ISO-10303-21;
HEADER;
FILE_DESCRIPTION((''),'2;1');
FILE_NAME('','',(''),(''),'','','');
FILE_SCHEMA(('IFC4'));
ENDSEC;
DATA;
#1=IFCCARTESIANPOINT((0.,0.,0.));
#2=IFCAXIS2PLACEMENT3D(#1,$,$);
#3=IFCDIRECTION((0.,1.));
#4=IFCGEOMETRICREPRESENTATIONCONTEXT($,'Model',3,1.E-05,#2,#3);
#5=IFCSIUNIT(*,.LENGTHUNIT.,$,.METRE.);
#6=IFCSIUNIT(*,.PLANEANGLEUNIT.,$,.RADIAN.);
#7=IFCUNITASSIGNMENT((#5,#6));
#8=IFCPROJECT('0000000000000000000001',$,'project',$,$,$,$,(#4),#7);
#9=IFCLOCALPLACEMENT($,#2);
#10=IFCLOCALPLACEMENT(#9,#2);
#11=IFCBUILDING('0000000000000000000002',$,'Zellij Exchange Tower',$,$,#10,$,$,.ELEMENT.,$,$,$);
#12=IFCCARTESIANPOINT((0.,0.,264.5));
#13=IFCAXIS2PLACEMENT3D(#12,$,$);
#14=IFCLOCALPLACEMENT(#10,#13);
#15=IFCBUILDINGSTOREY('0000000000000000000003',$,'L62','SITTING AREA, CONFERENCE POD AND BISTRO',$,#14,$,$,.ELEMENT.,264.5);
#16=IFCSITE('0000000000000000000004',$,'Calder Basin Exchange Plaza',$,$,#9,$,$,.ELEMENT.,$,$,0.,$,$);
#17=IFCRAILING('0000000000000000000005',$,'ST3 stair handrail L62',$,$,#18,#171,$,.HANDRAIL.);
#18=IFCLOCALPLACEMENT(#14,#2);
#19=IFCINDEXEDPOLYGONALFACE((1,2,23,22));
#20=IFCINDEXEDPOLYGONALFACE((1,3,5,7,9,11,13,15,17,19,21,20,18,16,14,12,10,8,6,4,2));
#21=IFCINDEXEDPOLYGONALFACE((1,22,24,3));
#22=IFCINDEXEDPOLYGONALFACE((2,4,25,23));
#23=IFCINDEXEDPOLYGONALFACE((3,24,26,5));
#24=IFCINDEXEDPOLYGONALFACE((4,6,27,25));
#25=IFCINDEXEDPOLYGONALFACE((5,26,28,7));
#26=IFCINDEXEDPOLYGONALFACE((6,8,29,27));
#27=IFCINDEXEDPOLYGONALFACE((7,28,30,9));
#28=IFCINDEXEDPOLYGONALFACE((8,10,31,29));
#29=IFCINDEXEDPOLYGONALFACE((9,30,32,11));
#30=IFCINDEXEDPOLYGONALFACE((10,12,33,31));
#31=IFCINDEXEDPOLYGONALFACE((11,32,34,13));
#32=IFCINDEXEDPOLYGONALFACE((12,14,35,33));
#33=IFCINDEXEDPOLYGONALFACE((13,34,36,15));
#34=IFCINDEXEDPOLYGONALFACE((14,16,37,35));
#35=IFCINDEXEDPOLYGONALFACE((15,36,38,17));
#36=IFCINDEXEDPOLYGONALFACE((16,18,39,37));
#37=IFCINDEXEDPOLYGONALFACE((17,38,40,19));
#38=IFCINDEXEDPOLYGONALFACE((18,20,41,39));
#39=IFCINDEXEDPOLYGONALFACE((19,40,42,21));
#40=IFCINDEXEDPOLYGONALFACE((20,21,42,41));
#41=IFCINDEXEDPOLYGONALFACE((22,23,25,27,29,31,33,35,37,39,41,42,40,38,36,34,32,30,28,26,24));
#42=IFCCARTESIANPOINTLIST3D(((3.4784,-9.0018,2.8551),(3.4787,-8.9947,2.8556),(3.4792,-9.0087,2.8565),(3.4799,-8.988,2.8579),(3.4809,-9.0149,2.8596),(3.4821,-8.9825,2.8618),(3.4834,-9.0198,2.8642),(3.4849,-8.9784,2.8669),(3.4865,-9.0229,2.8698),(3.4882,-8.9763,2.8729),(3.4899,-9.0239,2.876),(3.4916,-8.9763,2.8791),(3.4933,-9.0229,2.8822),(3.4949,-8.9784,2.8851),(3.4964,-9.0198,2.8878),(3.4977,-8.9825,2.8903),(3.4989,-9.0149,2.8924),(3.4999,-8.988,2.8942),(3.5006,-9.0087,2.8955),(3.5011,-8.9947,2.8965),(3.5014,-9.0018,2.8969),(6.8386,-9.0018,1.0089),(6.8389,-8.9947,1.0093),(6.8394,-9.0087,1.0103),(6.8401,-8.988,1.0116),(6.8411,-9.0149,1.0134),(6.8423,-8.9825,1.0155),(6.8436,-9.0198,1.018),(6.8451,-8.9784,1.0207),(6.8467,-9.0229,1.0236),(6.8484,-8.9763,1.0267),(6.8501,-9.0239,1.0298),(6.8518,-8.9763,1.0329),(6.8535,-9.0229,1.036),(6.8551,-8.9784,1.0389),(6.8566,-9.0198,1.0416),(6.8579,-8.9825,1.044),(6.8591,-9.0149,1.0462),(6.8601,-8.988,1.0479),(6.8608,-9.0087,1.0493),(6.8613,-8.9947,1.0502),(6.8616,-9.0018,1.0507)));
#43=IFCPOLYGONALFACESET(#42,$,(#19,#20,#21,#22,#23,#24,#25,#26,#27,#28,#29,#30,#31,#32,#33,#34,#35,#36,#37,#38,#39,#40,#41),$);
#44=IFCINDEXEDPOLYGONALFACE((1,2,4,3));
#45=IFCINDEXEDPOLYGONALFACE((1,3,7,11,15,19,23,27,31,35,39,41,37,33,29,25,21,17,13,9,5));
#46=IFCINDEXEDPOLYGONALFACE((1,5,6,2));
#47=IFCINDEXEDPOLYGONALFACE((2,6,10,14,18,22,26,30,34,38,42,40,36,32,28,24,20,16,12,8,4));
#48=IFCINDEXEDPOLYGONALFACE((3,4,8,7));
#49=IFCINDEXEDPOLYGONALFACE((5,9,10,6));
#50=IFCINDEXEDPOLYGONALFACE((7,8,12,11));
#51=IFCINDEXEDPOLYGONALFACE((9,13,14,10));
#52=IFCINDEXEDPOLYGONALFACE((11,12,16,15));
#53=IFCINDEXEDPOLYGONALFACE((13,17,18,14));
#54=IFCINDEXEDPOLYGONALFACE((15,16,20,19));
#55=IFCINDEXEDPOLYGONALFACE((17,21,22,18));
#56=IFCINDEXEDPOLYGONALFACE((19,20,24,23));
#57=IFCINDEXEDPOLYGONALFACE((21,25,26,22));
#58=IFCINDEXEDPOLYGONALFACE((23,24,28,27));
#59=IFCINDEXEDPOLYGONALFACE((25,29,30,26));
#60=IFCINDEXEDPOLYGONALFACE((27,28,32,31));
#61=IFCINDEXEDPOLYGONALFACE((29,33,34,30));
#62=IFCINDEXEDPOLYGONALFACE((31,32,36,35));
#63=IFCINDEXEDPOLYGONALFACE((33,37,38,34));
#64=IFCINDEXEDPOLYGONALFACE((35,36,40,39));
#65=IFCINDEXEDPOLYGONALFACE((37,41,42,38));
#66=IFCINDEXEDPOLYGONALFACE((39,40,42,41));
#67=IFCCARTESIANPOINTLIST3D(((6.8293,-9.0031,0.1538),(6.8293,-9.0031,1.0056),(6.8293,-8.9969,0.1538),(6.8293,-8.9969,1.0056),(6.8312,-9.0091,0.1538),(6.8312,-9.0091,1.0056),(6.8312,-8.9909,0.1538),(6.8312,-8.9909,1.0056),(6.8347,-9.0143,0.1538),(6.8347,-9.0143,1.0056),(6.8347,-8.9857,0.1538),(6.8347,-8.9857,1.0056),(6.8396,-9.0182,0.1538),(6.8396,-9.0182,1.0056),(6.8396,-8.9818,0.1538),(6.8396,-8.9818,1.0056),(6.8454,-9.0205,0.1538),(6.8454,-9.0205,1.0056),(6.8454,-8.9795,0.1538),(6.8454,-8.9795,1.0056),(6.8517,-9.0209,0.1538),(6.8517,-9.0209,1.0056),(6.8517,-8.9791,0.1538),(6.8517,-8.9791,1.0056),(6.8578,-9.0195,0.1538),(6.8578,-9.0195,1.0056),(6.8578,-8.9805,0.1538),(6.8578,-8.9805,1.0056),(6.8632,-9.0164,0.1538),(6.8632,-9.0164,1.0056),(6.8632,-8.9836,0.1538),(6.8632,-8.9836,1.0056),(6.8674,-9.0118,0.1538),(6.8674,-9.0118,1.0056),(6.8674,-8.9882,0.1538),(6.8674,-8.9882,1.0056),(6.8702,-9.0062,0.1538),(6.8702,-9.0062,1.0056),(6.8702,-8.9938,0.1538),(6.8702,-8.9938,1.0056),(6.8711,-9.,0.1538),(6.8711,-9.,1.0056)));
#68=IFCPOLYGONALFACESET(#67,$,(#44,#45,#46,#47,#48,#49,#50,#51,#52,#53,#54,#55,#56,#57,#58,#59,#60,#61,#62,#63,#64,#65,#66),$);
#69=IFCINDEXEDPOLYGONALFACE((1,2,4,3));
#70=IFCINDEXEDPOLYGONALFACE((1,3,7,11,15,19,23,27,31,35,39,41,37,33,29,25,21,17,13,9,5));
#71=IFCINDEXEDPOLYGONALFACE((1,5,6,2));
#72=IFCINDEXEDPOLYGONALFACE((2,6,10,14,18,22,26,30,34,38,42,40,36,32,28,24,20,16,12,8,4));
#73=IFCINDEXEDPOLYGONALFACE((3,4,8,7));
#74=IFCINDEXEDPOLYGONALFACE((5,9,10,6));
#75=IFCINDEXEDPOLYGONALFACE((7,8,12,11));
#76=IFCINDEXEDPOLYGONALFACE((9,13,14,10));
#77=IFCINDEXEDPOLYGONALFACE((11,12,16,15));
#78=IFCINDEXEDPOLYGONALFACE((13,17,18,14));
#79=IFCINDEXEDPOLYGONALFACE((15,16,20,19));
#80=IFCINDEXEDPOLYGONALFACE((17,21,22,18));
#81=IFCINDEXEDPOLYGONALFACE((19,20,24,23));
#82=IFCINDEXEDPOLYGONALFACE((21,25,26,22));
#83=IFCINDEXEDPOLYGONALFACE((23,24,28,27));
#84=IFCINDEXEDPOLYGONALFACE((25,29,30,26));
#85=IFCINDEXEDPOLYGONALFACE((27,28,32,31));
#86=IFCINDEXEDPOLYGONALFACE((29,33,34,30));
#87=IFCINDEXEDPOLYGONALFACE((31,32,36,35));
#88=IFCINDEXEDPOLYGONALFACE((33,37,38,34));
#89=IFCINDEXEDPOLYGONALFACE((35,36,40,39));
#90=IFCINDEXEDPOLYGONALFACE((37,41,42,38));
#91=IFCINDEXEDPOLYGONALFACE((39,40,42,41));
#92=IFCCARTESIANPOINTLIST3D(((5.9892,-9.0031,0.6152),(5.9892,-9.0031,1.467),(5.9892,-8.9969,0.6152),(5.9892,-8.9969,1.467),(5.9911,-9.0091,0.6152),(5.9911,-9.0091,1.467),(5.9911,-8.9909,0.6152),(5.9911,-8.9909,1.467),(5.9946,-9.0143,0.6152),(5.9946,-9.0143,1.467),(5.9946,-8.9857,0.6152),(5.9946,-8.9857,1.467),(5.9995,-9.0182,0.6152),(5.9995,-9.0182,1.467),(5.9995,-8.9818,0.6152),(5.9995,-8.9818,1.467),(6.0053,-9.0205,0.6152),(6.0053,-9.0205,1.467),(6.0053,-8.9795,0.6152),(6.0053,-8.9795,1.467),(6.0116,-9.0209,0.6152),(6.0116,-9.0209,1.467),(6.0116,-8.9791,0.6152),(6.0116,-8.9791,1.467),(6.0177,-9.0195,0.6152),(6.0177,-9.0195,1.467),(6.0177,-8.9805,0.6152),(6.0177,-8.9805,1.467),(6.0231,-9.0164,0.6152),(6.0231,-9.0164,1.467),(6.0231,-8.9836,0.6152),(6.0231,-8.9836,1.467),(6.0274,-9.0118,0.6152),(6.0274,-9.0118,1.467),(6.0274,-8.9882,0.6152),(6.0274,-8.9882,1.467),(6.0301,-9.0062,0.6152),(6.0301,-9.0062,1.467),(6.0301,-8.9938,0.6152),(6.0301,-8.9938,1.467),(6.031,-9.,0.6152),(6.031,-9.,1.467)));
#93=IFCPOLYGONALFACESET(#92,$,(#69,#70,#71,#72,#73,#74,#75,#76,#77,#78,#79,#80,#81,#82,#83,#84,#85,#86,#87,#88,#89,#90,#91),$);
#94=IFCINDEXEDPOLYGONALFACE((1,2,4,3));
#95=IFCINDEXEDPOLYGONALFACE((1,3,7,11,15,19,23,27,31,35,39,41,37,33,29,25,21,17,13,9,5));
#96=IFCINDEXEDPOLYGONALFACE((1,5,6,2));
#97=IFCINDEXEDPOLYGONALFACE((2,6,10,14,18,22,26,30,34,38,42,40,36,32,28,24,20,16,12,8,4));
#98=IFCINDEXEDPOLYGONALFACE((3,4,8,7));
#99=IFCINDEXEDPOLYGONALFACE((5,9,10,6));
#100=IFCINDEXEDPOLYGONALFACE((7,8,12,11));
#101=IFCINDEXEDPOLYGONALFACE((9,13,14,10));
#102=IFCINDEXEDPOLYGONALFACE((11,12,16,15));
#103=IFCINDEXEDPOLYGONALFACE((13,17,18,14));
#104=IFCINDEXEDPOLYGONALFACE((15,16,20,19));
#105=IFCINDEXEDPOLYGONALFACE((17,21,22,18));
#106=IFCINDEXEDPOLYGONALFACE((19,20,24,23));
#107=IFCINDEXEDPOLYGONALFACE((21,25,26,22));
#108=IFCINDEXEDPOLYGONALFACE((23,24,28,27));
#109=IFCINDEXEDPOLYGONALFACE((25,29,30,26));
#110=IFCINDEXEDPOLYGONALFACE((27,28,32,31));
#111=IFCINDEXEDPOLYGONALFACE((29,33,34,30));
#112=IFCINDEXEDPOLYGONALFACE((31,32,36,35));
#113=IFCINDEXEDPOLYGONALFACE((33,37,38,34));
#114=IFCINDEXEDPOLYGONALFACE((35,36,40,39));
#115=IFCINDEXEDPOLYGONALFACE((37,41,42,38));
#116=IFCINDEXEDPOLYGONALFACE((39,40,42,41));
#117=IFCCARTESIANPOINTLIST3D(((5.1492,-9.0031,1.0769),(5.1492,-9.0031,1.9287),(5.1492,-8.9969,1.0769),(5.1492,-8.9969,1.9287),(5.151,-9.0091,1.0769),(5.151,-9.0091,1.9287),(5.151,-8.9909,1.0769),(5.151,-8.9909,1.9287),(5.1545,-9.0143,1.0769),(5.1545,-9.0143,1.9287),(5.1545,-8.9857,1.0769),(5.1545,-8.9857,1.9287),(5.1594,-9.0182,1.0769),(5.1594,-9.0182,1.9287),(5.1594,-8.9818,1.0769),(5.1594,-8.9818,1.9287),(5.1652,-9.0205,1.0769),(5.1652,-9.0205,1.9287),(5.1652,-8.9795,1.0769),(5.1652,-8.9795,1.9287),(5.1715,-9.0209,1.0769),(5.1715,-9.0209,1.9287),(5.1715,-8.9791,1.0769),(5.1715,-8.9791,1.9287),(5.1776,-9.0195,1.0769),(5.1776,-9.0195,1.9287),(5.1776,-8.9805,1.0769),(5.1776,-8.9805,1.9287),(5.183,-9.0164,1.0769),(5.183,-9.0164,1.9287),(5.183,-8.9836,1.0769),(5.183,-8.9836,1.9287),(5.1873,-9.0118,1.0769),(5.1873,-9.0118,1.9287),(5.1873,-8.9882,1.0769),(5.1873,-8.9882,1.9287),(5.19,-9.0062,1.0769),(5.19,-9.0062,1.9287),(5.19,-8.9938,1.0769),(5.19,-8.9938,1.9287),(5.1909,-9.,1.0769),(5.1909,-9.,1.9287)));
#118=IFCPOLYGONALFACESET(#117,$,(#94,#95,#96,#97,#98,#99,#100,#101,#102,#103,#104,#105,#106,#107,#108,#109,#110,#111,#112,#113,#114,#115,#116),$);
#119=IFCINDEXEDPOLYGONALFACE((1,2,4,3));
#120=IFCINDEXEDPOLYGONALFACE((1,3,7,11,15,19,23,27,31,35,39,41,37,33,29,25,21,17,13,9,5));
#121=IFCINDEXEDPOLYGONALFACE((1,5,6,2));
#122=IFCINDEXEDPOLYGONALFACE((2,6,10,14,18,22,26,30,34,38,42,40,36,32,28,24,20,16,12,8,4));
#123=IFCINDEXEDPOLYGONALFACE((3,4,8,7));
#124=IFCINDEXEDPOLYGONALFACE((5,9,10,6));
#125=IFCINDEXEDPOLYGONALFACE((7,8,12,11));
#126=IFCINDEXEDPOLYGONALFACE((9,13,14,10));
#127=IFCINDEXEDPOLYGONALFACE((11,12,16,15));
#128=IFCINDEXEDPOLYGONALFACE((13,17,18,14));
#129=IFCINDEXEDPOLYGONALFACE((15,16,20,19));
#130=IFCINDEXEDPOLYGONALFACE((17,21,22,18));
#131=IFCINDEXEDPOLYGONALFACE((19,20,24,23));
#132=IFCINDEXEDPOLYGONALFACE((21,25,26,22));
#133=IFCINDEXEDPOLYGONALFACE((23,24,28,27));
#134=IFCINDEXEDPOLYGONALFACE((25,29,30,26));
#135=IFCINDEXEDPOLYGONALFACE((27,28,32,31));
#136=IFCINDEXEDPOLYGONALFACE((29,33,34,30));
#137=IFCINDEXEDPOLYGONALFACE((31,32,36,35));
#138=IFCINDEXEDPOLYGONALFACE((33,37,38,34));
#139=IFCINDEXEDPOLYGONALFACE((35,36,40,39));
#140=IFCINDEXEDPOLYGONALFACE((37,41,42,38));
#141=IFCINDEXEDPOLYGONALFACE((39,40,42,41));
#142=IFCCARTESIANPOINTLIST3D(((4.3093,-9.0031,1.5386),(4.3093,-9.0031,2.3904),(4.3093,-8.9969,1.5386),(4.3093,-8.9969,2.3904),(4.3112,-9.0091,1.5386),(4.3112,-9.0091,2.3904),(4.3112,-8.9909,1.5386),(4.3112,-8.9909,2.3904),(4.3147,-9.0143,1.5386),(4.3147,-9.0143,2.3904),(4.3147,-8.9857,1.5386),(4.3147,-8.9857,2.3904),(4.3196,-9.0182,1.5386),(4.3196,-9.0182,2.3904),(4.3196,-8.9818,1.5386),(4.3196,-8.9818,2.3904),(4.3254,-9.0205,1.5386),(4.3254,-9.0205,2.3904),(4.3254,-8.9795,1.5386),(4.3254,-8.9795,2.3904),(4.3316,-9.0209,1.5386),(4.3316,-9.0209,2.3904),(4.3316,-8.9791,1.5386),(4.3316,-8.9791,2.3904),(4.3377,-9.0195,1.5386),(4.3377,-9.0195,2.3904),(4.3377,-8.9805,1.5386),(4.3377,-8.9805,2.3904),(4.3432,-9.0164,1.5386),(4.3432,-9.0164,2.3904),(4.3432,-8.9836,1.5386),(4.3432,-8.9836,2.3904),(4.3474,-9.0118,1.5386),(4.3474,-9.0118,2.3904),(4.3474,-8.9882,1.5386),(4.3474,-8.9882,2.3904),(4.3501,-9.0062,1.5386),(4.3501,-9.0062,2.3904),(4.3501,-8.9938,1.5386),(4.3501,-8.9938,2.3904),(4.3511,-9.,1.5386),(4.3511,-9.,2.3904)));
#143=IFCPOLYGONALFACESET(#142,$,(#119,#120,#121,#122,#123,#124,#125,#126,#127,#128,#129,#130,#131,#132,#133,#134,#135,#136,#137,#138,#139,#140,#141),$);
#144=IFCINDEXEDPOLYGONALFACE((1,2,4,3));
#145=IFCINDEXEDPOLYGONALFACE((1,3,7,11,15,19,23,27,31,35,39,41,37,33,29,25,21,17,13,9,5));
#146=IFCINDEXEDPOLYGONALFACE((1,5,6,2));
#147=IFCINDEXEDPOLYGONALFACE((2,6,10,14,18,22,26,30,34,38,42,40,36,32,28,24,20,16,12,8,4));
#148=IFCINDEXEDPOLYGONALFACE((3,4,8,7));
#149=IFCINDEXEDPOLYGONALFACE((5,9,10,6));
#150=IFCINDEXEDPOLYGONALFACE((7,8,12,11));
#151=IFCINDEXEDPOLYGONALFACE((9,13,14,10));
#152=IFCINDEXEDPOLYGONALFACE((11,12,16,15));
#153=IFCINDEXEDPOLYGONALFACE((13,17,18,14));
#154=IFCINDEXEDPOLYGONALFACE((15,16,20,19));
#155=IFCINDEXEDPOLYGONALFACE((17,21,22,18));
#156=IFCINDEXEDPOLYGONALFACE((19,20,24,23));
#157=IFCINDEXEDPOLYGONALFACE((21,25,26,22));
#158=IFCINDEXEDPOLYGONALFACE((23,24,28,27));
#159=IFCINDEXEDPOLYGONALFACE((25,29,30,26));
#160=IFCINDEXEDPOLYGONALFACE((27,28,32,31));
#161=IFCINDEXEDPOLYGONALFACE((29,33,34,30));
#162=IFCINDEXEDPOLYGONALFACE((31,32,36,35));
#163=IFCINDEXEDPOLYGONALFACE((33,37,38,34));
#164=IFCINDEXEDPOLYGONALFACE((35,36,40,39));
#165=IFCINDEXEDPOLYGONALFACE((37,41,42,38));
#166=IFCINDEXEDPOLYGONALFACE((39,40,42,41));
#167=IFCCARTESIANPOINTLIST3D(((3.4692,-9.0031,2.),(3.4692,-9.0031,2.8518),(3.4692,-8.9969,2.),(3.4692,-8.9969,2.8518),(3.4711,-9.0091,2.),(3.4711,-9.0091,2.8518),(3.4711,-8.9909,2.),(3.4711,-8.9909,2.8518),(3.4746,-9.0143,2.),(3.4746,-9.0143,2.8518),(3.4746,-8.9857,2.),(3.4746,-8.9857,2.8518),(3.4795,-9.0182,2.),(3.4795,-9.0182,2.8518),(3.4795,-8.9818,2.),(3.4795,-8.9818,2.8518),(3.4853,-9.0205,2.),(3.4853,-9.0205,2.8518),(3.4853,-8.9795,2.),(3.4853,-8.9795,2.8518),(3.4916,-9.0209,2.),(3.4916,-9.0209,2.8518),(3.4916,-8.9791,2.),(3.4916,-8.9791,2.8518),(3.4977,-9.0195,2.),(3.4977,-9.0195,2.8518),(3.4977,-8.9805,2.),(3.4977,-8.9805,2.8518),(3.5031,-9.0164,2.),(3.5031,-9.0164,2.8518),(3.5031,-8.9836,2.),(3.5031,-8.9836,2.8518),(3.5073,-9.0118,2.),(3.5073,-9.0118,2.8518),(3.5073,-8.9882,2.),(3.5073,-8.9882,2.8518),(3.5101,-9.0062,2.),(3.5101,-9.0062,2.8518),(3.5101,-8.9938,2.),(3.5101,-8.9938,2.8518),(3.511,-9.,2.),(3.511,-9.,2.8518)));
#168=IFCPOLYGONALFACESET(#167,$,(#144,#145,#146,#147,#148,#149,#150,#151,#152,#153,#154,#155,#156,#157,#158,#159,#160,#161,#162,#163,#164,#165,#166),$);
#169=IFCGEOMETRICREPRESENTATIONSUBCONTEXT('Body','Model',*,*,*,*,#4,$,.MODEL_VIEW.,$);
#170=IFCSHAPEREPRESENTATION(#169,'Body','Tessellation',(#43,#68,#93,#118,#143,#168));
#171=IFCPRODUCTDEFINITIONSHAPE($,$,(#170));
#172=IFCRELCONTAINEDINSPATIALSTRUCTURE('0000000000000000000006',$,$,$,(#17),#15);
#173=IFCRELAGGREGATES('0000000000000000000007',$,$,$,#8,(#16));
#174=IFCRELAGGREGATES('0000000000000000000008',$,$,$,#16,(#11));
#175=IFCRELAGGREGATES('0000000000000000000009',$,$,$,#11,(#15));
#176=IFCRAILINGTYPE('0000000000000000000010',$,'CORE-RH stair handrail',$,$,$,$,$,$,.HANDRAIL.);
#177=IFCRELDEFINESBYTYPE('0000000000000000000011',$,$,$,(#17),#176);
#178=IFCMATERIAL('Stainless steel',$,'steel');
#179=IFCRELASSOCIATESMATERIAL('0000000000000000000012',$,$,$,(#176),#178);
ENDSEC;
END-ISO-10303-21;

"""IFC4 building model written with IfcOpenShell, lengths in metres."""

from ifc_helpers import new_model, si_unit, direction, frame, origin, origin_2d, place, context, subcontext, project, spatial, circle, extrude, material, type_object, element, save


model = new_model("IFC4")

# Units and contexts
model_context = context("Model", 3, precision=1e-05, world=origin(), true_north=direction((0.0, 1.0)))
body_context = subcontext(model_context, "Body", "Model", "MODEL_VIEW")
ifc_project = project(units=[si_unit("LENGTHUNIT", "METRE"), si_unit("PLANEANGLEUNIT", "RADIAN")], contexts=[model_context])

# Site, building, storey
site_placement = place(None, origin())
site = spatial("IfcSite", under=ifc_project, at=site_placement, Name="Calder Basin Exchange Plaza", CompositionType="ELEMENT", RefElevation=0.0)
building_placement = place(site_placement, origin())
building = spatial("IfcBuilding", under=site, at=building_placement, Name="Zellij Exchange Tower", CompositionType="ELEMENT")
storey_placement = place(building_placement, frame((0.0, 0.0, 264.5)))
storey = spatial("IfcBuildingStorey", under=building, at=storey_placement, Name="L62", Description="SITTING AREA, CONFERENCE POD AND BISTRO", CompositionType="ELEMENT", Elevation=264.5)

# Railing
ifc_material_1 = material(Name="Stainless steel", Category="steel")
railing_type_1 = type_object("IfcRailingType", Name="CORE-RH stair handrail", PredefinedType="HANDRAIL", material=ifc_material_1)
railing_1_placement = place(storey_placement, frame((6.8501, -9.0, 0.1538)))
element("IfcRailing", 1, at=railing_1_placement, inside=storey, type_object=railing_type_1, Name="ST3 stair handrail L62", PredefinedType="HANDRAIL", context=body_context, shape_type="SweptSolid", body=[
    extrude(circle(Radius=0.0239, at=origin_2d()), frame((0.0, 0.0, 0.876), z_axis=(-0.876422, 0.0, 0.481545), x_axis=(0.0, -1.0, 0.0)), (0.0, 0.0, 1.0), 3.834),
    extrude(circle(Radius=0.021, at=origin_2d()), origin(), (0.0, 0.0, 1.0), 0.8518),
    extrude(circle(Radius=0.021, at=origin_2d()), frame((-0.8401, 0.0, 0.4614)), (0.0, 0.0, 1.0), 0.8518),
    extrude(circle(Radius=0.021, at=origin_2d()), frame((-1.6802, 0.0, 0.9231)), (0.0, 0.0, 1.0), 0.8518),
    extrude(circle(Radius=0.021, at=origin_2d()), frame((-2.52, 0.0, 1.3848)), (0.0, 0.0, 1.0), 0.8518),
    extrude(circle(Radius=0.021, at=origin_2d()), frame((-3.3601, 0.0, 1.8462)), (0.0, 0.0, 1.0), 0.8518),
])

save(model, "model.ifc")
